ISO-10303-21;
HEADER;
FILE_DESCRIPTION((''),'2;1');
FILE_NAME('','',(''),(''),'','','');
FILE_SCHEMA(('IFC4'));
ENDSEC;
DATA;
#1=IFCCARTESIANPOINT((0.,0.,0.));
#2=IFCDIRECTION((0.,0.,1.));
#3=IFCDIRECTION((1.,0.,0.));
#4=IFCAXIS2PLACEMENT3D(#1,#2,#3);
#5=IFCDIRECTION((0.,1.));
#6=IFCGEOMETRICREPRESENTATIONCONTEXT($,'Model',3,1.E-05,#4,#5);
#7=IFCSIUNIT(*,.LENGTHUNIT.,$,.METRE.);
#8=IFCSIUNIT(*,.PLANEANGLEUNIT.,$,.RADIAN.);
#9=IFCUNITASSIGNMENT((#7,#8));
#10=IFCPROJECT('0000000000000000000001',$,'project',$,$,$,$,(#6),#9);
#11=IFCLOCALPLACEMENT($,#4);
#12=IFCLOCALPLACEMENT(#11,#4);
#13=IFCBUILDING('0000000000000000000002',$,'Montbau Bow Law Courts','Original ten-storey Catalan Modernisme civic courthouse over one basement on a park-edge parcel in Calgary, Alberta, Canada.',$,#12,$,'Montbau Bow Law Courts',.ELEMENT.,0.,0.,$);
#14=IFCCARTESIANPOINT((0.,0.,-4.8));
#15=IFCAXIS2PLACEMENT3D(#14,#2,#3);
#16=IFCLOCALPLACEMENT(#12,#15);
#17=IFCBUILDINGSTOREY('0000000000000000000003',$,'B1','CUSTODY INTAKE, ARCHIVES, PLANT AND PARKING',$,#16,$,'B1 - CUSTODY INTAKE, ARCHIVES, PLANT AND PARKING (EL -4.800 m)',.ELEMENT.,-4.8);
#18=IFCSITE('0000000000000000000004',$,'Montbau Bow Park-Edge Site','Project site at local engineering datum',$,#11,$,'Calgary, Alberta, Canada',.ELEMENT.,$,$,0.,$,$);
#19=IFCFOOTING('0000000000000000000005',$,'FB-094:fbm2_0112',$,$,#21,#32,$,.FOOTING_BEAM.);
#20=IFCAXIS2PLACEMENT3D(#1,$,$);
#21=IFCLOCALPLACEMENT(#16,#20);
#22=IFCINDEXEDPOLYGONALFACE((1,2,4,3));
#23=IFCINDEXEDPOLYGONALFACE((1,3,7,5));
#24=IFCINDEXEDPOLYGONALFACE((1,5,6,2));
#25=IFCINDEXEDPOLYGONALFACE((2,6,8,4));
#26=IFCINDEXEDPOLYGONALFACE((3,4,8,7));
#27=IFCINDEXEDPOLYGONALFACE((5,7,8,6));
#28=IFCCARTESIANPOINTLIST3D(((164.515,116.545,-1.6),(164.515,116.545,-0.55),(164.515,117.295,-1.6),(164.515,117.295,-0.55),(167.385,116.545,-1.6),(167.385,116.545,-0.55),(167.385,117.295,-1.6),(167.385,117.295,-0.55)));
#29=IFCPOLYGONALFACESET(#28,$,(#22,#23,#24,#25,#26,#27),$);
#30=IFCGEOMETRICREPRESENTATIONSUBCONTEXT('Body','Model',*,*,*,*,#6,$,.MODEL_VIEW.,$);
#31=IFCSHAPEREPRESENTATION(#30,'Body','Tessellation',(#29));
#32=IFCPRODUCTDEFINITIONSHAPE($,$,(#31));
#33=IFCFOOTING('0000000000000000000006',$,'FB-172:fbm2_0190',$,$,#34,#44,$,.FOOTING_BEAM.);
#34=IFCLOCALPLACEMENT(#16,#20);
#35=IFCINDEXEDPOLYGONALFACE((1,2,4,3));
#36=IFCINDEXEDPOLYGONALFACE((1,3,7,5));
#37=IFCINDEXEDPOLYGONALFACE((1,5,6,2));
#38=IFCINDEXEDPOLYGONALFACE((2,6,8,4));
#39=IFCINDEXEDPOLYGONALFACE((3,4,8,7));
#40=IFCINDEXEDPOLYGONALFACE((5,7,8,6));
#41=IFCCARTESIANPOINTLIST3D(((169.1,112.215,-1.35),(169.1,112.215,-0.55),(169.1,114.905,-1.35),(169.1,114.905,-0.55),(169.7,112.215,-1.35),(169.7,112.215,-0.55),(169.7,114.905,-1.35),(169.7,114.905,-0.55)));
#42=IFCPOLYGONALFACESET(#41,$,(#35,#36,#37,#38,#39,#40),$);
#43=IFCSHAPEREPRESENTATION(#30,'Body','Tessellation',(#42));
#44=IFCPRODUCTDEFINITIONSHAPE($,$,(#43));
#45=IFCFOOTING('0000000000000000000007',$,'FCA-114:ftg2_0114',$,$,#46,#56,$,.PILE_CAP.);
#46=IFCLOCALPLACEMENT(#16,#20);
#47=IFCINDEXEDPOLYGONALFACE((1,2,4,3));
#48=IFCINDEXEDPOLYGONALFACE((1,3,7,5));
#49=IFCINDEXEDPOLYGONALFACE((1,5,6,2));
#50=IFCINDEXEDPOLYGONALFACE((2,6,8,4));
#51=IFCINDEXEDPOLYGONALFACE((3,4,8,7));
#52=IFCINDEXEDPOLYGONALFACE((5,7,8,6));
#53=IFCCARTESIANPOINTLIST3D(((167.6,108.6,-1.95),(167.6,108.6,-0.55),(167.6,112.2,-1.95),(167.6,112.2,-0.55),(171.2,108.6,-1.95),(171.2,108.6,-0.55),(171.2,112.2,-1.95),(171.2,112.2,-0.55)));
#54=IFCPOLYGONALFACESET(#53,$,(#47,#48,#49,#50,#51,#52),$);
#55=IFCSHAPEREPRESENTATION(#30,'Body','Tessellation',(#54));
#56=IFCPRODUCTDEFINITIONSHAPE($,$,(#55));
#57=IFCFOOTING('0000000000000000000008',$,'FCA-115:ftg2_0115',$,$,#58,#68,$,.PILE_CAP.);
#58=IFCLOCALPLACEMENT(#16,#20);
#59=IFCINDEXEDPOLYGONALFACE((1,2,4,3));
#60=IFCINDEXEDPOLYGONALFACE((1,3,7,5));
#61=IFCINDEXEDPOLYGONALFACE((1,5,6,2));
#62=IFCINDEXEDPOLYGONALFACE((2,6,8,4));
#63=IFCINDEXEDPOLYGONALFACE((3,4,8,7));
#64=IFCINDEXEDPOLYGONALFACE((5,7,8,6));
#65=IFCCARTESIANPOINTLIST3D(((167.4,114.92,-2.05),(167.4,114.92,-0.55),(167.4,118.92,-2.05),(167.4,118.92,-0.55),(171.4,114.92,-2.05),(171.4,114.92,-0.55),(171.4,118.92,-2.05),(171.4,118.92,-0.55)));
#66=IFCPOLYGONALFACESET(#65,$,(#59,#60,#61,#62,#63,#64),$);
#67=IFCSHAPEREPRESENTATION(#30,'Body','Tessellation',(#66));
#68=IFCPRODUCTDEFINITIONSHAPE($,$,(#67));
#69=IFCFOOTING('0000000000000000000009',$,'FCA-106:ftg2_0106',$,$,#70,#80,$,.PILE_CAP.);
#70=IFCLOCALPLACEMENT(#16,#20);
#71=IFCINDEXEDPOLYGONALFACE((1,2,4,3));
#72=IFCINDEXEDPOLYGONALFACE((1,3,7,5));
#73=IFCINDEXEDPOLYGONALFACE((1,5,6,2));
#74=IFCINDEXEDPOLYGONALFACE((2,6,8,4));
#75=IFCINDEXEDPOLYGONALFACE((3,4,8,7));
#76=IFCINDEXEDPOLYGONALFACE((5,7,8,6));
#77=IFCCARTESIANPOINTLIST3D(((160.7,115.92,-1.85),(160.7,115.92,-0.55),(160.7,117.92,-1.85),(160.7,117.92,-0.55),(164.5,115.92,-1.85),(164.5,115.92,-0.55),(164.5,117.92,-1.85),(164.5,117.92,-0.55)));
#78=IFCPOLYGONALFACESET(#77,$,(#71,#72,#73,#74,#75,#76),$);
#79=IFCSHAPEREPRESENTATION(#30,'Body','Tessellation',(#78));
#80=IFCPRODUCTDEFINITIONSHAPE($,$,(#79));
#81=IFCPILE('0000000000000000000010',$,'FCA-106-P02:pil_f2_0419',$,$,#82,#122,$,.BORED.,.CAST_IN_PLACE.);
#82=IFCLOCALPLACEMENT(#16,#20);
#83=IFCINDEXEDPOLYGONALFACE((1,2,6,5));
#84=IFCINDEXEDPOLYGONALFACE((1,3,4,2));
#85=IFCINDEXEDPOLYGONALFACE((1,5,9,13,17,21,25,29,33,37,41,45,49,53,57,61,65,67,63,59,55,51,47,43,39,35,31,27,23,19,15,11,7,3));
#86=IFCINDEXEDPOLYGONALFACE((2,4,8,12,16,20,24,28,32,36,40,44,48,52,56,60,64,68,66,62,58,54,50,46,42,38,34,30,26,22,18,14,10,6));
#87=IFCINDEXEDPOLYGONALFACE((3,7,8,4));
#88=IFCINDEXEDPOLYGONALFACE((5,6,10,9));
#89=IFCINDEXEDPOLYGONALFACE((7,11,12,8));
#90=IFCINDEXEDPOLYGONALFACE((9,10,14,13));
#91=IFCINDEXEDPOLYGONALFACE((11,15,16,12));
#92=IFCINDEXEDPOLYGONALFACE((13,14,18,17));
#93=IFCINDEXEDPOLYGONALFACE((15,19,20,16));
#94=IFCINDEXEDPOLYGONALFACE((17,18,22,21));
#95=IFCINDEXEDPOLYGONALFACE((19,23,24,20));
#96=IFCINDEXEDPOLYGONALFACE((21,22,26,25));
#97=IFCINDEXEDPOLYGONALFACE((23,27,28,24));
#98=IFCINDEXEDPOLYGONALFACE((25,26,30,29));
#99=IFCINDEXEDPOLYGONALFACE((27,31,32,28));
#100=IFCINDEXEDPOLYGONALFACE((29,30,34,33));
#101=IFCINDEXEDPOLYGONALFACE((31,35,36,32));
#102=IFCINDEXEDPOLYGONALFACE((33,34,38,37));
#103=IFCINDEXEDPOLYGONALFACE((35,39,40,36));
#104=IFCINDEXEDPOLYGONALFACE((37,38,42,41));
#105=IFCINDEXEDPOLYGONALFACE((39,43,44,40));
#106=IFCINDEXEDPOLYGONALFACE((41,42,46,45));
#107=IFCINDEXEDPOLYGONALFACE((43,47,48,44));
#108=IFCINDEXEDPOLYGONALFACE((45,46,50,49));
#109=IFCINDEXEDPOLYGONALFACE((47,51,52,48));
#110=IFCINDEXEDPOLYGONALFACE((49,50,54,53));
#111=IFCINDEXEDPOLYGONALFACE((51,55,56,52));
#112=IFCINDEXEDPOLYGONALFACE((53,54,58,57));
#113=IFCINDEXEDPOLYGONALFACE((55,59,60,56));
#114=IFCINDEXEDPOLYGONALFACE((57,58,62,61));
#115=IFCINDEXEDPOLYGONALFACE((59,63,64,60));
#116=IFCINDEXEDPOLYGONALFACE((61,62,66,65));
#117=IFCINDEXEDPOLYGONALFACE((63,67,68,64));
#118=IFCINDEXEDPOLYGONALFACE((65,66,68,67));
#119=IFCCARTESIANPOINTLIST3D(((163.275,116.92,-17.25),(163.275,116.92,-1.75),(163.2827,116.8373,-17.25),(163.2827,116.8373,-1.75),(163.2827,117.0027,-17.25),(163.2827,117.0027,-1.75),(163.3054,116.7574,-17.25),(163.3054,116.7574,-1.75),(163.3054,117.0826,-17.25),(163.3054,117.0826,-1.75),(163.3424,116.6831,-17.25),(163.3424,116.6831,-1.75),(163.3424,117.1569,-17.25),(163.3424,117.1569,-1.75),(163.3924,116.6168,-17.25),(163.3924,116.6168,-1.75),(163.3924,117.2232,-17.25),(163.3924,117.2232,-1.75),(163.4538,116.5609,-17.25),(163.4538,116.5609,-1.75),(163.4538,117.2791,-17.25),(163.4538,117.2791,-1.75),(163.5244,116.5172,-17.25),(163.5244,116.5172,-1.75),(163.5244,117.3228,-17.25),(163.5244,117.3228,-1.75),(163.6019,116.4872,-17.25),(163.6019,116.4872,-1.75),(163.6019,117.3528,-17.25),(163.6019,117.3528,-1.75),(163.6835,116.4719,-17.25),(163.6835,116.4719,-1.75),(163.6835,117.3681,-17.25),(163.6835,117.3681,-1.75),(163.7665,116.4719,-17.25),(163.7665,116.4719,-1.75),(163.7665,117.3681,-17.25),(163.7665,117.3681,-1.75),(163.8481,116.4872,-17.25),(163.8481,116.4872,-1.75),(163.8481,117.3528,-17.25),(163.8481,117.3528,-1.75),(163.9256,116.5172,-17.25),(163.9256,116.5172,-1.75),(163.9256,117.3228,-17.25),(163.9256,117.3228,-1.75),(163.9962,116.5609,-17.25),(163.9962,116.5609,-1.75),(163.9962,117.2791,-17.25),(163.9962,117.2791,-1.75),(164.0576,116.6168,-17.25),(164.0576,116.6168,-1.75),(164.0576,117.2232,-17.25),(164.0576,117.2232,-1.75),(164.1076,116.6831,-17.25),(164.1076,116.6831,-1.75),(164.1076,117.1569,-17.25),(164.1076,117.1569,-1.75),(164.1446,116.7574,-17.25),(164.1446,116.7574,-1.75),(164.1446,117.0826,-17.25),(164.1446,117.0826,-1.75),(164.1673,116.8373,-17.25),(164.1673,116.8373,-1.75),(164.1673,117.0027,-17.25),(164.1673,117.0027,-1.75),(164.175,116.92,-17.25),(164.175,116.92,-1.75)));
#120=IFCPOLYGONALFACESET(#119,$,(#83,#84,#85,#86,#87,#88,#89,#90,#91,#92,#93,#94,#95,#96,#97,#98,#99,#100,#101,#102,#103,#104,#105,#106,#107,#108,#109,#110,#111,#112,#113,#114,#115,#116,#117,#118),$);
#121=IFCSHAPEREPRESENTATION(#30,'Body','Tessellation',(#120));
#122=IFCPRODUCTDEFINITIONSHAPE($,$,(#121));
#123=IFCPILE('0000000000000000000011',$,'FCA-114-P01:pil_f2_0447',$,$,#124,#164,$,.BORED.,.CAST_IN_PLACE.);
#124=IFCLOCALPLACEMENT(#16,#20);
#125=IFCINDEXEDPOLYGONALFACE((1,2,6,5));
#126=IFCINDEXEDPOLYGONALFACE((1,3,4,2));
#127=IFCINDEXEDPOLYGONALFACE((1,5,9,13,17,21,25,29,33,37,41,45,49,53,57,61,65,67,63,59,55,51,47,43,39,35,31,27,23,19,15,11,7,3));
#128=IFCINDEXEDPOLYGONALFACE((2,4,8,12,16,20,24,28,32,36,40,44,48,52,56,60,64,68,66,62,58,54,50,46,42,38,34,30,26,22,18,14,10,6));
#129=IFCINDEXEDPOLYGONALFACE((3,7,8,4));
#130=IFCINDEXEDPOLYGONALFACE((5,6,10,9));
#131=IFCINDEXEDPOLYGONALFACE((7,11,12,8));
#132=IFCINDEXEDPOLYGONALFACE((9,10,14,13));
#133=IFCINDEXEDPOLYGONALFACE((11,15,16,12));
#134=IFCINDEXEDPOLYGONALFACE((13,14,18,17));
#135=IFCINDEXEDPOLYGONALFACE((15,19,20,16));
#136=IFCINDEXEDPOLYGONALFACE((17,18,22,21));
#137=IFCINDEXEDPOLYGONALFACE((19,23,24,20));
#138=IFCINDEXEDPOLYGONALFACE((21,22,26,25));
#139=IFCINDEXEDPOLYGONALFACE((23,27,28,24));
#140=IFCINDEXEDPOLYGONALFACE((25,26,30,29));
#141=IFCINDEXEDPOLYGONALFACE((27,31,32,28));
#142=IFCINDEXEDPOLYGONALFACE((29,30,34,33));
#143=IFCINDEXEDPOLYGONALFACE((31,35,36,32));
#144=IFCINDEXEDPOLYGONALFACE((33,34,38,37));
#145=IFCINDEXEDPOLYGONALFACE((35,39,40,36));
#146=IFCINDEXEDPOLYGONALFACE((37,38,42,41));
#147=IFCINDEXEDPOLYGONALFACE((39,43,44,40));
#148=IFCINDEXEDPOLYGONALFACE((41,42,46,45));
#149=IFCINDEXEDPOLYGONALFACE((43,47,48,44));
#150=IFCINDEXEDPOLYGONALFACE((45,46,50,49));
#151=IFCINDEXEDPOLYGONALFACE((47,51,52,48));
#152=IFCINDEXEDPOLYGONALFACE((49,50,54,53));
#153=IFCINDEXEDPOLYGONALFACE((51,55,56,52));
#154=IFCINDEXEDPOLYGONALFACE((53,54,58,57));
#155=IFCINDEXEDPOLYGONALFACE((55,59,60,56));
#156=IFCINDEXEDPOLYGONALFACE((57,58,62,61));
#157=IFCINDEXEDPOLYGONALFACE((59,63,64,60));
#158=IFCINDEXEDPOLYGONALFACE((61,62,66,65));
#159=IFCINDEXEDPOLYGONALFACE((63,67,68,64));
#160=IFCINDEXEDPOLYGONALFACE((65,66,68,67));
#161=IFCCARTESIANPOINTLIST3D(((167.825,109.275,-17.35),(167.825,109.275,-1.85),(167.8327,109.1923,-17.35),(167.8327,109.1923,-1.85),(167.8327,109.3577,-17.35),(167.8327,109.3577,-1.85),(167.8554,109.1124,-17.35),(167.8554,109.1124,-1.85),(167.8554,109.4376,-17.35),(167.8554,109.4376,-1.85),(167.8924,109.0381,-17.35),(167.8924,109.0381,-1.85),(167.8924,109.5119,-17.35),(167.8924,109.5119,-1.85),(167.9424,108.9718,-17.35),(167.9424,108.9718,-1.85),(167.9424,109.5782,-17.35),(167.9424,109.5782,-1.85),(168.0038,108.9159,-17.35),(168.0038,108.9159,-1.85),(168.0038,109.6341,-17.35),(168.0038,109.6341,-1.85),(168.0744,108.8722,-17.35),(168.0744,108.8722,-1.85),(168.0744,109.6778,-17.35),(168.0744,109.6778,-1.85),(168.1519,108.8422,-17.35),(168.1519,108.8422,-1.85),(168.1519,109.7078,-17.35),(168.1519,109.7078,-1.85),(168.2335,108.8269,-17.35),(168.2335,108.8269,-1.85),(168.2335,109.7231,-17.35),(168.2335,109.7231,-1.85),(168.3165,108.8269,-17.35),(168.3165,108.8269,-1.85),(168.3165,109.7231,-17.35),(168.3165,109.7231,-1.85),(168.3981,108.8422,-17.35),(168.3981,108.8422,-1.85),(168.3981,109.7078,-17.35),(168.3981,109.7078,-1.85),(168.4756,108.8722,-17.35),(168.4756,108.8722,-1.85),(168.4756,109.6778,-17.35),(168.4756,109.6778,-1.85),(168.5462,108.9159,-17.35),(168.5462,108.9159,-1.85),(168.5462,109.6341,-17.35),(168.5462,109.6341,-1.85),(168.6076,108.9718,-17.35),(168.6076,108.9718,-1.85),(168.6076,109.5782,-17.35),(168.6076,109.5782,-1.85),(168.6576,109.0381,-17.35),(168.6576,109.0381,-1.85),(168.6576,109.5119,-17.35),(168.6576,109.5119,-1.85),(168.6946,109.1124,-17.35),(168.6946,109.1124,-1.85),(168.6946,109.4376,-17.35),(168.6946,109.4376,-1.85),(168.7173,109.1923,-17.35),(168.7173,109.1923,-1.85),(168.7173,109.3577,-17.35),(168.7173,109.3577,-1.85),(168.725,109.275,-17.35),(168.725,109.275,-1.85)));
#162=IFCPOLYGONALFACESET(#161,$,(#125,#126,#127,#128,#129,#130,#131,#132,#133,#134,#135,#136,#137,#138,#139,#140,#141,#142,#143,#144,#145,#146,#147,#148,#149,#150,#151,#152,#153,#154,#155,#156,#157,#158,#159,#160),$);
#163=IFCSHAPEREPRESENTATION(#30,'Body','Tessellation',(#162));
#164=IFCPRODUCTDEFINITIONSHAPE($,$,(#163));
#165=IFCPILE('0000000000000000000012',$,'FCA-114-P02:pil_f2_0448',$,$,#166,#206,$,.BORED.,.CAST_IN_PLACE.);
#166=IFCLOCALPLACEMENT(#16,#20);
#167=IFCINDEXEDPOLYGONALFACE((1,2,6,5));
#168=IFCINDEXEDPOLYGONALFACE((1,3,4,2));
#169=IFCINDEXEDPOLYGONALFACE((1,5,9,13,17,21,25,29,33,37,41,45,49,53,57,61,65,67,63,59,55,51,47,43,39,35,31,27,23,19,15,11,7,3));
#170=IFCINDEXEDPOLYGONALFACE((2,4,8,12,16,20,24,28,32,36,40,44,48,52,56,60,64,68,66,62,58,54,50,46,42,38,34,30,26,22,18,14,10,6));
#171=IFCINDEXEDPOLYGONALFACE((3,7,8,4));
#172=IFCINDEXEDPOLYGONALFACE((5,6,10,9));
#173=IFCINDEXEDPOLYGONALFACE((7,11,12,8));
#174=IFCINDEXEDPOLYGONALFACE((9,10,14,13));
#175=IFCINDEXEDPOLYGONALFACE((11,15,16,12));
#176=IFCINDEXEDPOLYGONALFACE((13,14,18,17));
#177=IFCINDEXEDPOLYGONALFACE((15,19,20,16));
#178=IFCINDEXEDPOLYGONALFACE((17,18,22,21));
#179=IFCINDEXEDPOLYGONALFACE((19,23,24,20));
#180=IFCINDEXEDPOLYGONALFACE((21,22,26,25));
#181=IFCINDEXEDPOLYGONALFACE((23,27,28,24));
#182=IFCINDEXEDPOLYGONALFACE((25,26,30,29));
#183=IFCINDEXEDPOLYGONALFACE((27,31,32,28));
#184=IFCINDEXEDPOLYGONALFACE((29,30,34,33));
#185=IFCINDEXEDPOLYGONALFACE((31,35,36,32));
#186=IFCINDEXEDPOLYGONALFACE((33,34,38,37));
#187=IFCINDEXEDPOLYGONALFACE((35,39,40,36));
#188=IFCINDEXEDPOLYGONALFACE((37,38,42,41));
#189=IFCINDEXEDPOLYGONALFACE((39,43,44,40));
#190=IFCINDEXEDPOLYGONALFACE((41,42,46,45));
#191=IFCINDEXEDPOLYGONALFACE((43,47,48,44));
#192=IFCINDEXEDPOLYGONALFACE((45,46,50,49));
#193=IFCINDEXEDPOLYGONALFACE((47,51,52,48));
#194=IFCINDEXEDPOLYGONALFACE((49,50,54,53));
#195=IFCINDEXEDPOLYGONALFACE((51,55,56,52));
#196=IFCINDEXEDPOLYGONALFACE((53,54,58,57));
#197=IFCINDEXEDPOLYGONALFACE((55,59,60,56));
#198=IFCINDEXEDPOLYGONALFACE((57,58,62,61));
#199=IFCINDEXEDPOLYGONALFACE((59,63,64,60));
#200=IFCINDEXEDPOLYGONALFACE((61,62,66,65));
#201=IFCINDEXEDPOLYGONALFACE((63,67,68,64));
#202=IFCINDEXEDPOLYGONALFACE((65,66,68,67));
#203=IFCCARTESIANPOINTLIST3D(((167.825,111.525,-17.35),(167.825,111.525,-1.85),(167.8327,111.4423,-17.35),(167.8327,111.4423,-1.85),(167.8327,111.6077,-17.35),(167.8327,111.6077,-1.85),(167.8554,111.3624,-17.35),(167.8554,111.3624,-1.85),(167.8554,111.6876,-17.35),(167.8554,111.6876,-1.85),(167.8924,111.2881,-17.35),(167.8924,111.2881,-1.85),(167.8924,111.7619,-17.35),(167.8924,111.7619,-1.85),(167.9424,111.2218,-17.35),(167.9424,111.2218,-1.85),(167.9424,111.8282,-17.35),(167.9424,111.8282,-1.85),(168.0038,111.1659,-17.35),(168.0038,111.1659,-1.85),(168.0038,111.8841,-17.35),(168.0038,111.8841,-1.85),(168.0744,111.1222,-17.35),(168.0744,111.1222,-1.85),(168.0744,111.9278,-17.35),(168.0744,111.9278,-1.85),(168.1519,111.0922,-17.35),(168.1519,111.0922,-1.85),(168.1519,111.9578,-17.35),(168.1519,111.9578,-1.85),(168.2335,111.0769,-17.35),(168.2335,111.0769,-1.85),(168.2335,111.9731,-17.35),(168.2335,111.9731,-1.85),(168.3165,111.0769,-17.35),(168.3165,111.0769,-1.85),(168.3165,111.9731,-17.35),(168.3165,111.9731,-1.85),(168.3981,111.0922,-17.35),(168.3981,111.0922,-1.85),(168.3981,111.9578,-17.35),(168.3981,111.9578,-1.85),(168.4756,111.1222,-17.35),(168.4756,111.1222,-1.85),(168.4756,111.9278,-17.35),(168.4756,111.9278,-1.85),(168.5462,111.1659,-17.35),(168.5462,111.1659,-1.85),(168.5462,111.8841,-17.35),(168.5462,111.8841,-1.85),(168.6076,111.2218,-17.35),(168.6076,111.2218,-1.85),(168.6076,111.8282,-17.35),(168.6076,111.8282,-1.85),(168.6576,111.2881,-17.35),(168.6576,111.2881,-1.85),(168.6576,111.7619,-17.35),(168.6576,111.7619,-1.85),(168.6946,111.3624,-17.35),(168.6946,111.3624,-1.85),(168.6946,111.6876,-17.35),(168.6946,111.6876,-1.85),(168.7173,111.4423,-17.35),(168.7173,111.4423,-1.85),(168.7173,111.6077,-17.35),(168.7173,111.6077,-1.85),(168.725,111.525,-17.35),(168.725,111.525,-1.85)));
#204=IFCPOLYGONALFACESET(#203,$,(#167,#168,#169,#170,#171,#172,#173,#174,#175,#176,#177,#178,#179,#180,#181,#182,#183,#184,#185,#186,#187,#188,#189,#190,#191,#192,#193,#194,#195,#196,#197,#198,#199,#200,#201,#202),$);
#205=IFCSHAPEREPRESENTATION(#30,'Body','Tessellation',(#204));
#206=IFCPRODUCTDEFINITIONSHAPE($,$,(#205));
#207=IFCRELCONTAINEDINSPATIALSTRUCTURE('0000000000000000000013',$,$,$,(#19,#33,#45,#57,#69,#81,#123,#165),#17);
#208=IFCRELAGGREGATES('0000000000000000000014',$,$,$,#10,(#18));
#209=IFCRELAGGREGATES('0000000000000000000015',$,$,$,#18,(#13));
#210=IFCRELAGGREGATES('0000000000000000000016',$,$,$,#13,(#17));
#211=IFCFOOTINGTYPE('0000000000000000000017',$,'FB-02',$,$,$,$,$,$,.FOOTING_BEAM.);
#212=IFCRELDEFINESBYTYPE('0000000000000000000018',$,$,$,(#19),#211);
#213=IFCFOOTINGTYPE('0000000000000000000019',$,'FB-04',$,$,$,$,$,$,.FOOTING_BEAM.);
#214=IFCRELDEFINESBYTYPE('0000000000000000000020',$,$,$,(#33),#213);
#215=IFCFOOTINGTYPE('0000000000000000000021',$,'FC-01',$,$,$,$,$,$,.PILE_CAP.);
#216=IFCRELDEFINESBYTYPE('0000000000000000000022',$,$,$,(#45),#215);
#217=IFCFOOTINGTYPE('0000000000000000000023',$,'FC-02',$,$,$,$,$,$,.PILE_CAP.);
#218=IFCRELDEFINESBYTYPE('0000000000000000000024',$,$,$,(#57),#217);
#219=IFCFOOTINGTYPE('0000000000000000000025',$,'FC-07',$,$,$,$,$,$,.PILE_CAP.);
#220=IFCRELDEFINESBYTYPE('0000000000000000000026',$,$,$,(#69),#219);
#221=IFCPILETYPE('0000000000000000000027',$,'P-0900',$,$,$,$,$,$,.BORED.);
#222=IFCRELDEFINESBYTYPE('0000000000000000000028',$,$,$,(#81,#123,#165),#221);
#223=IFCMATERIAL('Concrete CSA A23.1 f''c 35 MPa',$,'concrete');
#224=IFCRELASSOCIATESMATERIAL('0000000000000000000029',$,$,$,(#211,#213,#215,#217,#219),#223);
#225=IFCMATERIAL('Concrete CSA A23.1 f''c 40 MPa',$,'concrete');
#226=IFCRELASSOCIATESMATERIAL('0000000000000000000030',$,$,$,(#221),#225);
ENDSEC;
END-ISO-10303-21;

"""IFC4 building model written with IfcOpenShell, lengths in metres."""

from ifc_helpers import new_model, si_unit, direction, frame, origin_with_axes, origin_2d_with_axis, place, context, subcontext, project, spatial, rectangle, circle, extrude, material, material_profile, profile_set, type_object, element, save


model = new_model("IFC4")

# Units and contexts
model_context = context("Model", 3, precision=1e-05, world=origin_with_axes(), true_north=direction((0.0, 1.0)))
body_context = subcontext(model_context, "Body", "Model", "MODEL_VIEW")
ifc_project = project(units=[si_unit("LENGTHUNIT", "METRE"), si_unit("PLANEANGLEUNIT", "RADIAN")], contexts=[model_context])

# Site, building, storey
site_placement = place(None, origin_with_axes())
site = spatial("IfcSite", under=ifc_project, at=site_placement, Name="Montbau Bow Park-Edge Site", Description="Project site at local engineering datum", LongName="Calgary, Alberta, Canada", CompositionType="ELEMENT", RefElevation=0.0)
building_placement = place(site_placement, origin_with_axes())
building = spatial("IfcBuilding", under=site, at=building_placement, Name="Montbau Bow Law Courts", Description="Original ten-storey Catalan Modernisme civic courthouse over one basement on a park-edge parcel in Calgary, Alberta, Canada.", LongName="Montbau Bow Law Courts", CompositionType="ELEMENT", ElevationOfRefHeight=0.0, ElevationOfTerrain=0.0)
storey_placement = place(building_placement, frame((0.0, 0.0, -4.8), z_axis=(0.0, 0.0, 1.0), x_axis=(1.0, 0.0, 0.0)))
storey = spatial("IfcBuildingStorey", under=building, at=storey_placement, Name="B1", Description="CUSTODY INTAKE, ARCHIVES, PLANT AND PARKING", LongName="B1 - CUSTODY INTAKE, ARCHIVES, PLANT AND PARKING (EL -4.800 m)", CompositionType="ELEMENT", Elevation=-4.8)

# Footings
ifc_material_1 = material(Name="Concrete CSA A23.1 f'c 35 MPa", Category="concrete")
footing_type_1 = type_object("IfcFootingType", Name="FB-02", PredefinedType="FOOTING_BEAM", material=ifc_material_1)
footing_1_placement = place(None, frame((165.95, 116.92, -6.4), z_axis=(0.0, 0.0, 1.0), x_axis=(1.0, 0.0, 0.0)))
element("IfcFooting", 1, at=footing_1_placement, inside=storey, type_object=footing_type_1, Name="FB-094:fbm2_0112", PredefinedType="FOOTING_BEAM", context=body_context, shape_type="SweptSolid", body=[
    extrude(rectangle(XDim=2.87, YDim=0.75, at=origin_2d_with_axis()), origin_with_axes(), (0.0, 0.0, 1.0), 1.05),
])
footing_type_2 = type_object("IfcFootingType", Name="FB-04", PredefinedType="FOOTING_BEAM", material=ifc_material_1)
footing_2_placement = place(None, frame((169.4, 113.56, -6.15), z_axis=(0.0, 0.0, 1.0), x_axis=(0.0, 1.0, 0.0)))
element("IfcFooting", 2, at=footing_2_placement, inside=storey, type_object=footing_type_2, Name="FB-172:fbm2_0190", PredefinedType="FOOTING_BEAM", context=body_context, shape_type="SweptSolid", body=[
    extrude(rectangle(XDim=2.69, YDim=0.6, at=origin_2d_with_axis()), origin_with_axes(), (0.0, 0.0, 1.0), 0.8),
])
footing_type_3 = type_object("IfcFootingType", Name="FC-01", PredefinedType="PILE_CAP", material=ifc_material_1)
footing_3_placement = place(None, frame((169.4, 110.4, -6.75), z_axis=(0.0, 0.0, 1.0), x_axis=(1.0, 0.0, 0.0)))
element("IfcFooting", 3, at=footing_3_placement, inside=storey, type_object=footing_type_3, Name="FCA-114:ftg2_0114", PredefinedType="PILE_CAP", context=body_context, shape_type="SweptSolid", body=[
    extrude(rectangle(XDim=3.6, YDim=3.6, at=origin_2d_with_axis()), origin_with_axes(), (0.0, 0.0, 1.0), 1.4),
])
footing_type_4 = type_object("IfcFootingType", Name="FC-02", PredefinedType="PILE_CAP", material=ifc_material_1)
footing_4_placement = place(None, frame((169.4, 116.92, -6.85), z_axis=(0.0, 0.0, 1.0), x_axis=(1.0, 0.0, 0.0)))
element("IfcFooting", 4, at=footing_4_placement, inside=storey, type_object=footing_type_4, Name="FCA-115:ftg2_0115", PredefinedType="PILE_CAP", context=body_context, shape_type="SweptSolid", body=[
    extrude(rectangle(XDim=4.0, YDim=4.0, at=origin_2d_with_axis()), origin_with_axes(), (0.0, 0.0, 1.0), 1.5),
])
footing_type_5 = type_object("IfcFootingType", Name="FC-07", PredefinedType="PILE_CAP", material=ifc_material_1)
footing_5_placement = place(None, frame((162.6, 116.92, -6.65), z_axis=(0.0, 0.0, 1.0), x_axis=(1.0, 0.0, 0.0)))
element("IfcFooting", 5, at=footing_5_placement, inside=storey, type_object=footing_type_5, Name="FCA-106:ftg2_0106", PredefinedType="PILE_CAP", context=body_context, shape_type="SweptSolid", body=[
    extrude(rectangle(XDim=3.8, YDim=2.0, at=origin_2d_with_axis()), origin_with_axes(), (0.0, 0.0, 1.0), 1.3),
])

# Piles
ifc_material_2 = material(Name="Concrete CSA A23.1 f'c 40 MPa", Category="concrete")
ifc_material_profile_1 = material_profile(ifc_material_2, circle(Radius=0.45, at=origin_2d_with_axis()), Name="BP900", Category="Main", Priority=0)
ifc_profile_set_1 = profile_set([ifc_material_profile_1], Name="Concrete CSA A23.1 f'c 40 MPa")
pile_type_1 = type_object("IfcPileType", Name="P-0900", PredefinedType="BORED", material=ifc_profile_set_1)
for number, where, z_axis, x_axis, name in (
    (6, (163.725, 116.92, -22.05), (0.0, 0.0, 1.0), (1.0, 0.0, 0.0), "FCA-106-P02:pil_f2_0419"),
    (7, (168.275, 109.275, -22.15), (0.0, 0.0, 1.0), (1.0, 0.0, 0.0), "FCA-114-P01:pil_f2_0447"),
    (8, (168.275, 111.525, -22.15), (0.0, 0.0, 1.0), (1.0, 0.0, 0.0), "FCA-114-P02:pil_f2_0448"),
):
    element("IfcPile", number, at=place(None, frame(where, z_axis=z_axis, x_axis=x_axis)), inside=storey, type_object=pile_type_1, Name=name, ConstructionType="CAST_IN_PLACE", PredefinedType="BORED", context=body_context, shape_type="SweptSolid", body=[
        extrude(circle(Radius=0.45, at=origin_2d_with_axis()), origin_with_axes(), (0.0, 0.0, 1.0), 15.5),
    ])

save(model, "model.ifc")
